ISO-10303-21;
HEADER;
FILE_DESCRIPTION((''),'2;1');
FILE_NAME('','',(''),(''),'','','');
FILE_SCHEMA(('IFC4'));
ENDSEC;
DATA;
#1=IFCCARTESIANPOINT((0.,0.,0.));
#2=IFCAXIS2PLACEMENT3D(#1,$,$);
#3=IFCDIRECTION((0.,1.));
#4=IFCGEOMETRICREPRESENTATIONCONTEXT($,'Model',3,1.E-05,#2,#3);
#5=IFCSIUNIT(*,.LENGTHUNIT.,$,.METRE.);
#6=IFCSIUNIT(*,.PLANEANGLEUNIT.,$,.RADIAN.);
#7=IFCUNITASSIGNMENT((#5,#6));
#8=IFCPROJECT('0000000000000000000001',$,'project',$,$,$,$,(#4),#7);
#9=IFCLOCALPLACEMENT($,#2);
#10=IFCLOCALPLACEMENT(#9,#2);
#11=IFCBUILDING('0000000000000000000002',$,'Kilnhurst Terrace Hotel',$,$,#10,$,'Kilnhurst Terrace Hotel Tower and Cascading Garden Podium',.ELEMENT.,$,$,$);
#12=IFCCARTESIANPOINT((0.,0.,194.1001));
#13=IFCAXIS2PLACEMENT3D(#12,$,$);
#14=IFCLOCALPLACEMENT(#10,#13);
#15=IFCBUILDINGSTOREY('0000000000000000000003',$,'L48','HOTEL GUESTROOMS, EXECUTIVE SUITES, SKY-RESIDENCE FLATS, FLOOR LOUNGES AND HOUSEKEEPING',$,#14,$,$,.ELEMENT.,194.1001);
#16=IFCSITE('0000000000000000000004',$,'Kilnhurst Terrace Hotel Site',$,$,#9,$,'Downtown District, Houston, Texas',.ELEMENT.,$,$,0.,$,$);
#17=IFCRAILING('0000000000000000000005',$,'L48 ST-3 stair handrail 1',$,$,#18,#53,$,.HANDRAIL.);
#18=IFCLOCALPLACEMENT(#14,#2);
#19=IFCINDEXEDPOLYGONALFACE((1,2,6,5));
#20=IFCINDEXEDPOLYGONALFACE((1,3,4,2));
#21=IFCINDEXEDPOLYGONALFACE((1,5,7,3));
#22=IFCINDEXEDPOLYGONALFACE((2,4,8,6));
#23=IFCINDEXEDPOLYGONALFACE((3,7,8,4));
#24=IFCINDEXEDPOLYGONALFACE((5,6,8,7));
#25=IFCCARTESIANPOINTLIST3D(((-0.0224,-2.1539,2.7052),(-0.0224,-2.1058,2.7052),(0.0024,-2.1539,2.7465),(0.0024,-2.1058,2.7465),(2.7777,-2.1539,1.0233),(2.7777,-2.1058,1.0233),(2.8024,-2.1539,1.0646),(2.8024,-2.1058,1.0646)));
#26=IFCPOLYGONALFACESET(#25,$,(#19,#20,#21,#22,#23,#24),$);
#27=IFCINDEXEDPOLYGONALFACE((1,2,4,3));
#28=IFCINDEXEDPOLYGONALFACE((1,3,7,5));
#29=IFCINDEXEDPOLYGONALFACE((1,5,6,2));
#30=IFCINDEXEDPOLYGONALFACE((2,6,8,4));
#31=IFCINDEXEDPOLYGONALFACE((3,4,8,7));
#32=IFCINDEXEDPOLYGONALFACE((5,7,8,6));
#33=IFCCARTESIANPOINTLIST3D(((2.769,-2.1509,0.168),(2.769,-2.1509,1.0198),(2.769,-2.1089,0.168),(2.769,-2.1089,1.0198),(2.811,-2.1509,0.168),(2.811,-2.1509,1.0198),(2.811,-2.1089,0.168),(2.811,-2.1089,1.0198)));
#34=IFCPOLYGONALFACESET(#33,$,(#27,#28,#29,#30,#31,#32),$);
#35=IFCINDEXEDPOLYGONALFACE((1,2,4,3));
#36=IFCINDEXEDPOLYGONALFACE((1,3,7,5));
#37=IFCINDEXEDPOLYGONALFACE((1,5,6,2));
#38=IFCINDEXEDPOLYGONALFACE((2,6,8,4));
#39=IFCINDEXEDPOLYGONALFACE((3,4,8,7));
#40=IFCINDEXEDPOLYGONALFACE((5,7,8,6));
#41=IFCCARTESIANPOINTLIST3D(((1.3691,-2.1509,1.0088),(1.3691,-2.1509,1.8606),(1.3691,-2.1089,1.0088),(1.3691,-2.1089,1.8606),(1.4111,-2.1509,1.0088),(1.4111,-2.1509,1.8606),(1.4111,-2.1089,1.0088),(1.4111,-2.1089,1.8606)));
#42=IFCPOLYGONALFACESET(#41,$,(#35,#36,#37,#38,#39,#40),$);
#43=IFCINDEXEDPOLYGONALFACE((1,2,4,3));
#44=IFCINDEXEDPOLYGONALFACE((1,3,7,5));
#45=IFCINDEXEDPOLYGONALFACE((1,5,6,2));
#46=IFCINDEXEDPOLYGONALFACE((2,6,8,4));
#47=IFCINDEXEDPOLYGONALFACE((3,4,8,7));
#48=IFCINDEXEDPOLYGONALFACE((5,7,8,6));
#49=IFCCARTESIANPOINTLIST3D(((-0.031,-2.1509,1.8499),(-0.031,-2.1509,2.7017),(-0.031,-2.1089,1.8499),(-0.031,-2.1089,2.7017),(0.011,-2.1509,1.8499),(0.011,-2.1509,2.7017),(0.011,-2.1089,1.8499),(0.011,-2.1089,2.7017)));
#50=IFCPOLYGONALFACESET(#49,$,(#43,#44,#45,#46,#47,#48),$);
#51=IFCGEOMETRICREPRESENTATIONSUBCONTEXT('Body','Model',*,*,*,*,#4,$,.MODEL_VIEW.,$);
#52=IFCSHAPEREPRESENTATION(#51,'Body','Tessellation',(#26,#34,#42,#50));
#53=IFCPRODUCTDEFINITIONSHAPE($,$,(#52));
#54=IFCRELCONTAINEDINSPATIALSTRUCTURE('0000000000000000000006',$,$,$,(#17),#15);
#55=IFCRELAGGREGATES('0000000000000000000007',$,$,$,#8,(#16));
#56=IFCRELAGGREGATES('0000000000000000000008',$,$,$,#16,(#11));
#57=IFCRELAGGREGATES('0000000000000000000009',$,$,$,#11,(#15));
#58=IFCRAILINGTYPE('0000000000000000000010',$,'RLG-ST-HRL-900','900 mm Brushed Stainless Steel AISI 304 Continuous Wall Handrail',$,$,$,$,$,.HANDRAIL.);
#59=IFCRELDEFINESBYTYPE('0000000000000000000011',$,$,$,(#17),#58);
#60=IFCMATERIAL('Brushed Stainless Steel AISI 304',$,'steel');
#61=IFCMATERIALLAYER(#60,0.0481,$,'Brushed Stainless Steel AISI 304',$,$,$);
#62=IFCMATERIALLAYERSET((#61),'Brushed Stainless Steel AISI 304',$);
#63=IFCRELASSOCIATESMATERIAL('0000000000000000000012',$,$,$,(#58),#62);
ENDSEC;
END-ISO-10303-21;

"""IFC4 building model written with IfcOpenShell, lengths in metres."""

from ifc_helpers import new_model, si_unit, direction, frame, origin, origin_2d, place, context, subcontext, project, spatial, rectangle, extrude, material, layer, layer_set, type_object, element, save


model = new_model("IFC4")

# Units and contexts
model_context = context("Model", 3, precision=1e-05, world=origin(), true_north=direction((0.0, 1.0)))
body_context = subcontext(model_context, "Body", "Model", "MODEL_VIEW")
ifc_project = project(units=[si_unit("LENGTHUNIT", "METRE"), si_unit("PLANEANGLEUNIT", "RADIAN")], contexts=[model_context])

# Site, building, storey
site_placement = place(None, origin())
site = spatial("IfcSite", under=ifc_project, at=site_placement, Name="Kilnhurst Terrace Hotel Site", LongName="Downtown District, Houston, Texas", CompositionType="ELEMENT", RefElevation=0.0)
building_placement = place(site_placement, origin())
building = spatial("IfcBuilding", under=site, at=building_placement, Name="Kilnhurst Terrace Hotel", LongName="Kilnhurst Terrace Hotel Tower and Cascading Garden Podium", CompositionType="ELEMENT")
storey_placement = place(building_placement, frame((0.0, 0.0, 194.1001)))
storey = spatial("IfcBuildingStorey", under=building, at=storey_placement, Name="L48", Description="HOTEL GUESTROOMS, EXECUTIVE SUITES, SKY-RESIDENCE FLATS, FLOOR LOUNGES AND HOUSEKEEPING", CompositionType="ELEMENT", Elevation=194.1001)

# Railing
ifc_material_1 = material(Name="Brushed Stainless Steel AISI 304", Category="steel")
ifc_layer_1 = layer(ifc_material_1, 0.0481, Name="Brushed Stainless Steel AISI 304")
ifc_layer_set_1 = layer_set([ifc_layer_1], Name="Brushed Stainless Steel AISI 304")
railing_type_1 = type_object("IfcRailingType", Name="RLG-ST-HRL-900", Description="900 mm Brushed Stainless Steel AISI 304 Continuous Wall Handrail", PredefinedType="HANDRAIL", material=ifc_layer_set_1)
railing_1_placement = place(storey_placement, frame((2.79, -2.1299, 0.168)))
element("IfcRailing", 1, at=railing_1_placement, inside=storey, type_object=railing_type_1, Name="L48 ST-3 stair handrail 1", PredefinedType="HANDRAIL", context=body_context, shape_type="SweptSolid", body=[
    extrude(rectangle(XDim=0.0481, YDim=0.0481, at=origin_2d()), frame((0.0, 0.0, 0.876), z_axis=(-0.857242, 0.0, 0.514913), x_axis=(0.0, -1.0, 0.0)), (0.0, 0.0, 1.0), 3.2664),
    extrude(rectangle(XDim=0.042, YDim=0.042, at=origin_2d()), origin(), (0.0, 0.0, 1.0), 0.8518),
    extrude(rectangle(XDim=0.042, YDim=0.042, at=origin_2d()), frame((-1.3999, 0.0, 0.8408)), (0.0, 0.0, 1.0), 0.8518),
    extrude(rectangle(XDim=0.042, YDim=0.042, at=origin_2d()), frame((-2.8, 0.0, 1.6819)), (0.0, 0.0, 1.0), 0.8518),
])

save(model, "model.ifc")
